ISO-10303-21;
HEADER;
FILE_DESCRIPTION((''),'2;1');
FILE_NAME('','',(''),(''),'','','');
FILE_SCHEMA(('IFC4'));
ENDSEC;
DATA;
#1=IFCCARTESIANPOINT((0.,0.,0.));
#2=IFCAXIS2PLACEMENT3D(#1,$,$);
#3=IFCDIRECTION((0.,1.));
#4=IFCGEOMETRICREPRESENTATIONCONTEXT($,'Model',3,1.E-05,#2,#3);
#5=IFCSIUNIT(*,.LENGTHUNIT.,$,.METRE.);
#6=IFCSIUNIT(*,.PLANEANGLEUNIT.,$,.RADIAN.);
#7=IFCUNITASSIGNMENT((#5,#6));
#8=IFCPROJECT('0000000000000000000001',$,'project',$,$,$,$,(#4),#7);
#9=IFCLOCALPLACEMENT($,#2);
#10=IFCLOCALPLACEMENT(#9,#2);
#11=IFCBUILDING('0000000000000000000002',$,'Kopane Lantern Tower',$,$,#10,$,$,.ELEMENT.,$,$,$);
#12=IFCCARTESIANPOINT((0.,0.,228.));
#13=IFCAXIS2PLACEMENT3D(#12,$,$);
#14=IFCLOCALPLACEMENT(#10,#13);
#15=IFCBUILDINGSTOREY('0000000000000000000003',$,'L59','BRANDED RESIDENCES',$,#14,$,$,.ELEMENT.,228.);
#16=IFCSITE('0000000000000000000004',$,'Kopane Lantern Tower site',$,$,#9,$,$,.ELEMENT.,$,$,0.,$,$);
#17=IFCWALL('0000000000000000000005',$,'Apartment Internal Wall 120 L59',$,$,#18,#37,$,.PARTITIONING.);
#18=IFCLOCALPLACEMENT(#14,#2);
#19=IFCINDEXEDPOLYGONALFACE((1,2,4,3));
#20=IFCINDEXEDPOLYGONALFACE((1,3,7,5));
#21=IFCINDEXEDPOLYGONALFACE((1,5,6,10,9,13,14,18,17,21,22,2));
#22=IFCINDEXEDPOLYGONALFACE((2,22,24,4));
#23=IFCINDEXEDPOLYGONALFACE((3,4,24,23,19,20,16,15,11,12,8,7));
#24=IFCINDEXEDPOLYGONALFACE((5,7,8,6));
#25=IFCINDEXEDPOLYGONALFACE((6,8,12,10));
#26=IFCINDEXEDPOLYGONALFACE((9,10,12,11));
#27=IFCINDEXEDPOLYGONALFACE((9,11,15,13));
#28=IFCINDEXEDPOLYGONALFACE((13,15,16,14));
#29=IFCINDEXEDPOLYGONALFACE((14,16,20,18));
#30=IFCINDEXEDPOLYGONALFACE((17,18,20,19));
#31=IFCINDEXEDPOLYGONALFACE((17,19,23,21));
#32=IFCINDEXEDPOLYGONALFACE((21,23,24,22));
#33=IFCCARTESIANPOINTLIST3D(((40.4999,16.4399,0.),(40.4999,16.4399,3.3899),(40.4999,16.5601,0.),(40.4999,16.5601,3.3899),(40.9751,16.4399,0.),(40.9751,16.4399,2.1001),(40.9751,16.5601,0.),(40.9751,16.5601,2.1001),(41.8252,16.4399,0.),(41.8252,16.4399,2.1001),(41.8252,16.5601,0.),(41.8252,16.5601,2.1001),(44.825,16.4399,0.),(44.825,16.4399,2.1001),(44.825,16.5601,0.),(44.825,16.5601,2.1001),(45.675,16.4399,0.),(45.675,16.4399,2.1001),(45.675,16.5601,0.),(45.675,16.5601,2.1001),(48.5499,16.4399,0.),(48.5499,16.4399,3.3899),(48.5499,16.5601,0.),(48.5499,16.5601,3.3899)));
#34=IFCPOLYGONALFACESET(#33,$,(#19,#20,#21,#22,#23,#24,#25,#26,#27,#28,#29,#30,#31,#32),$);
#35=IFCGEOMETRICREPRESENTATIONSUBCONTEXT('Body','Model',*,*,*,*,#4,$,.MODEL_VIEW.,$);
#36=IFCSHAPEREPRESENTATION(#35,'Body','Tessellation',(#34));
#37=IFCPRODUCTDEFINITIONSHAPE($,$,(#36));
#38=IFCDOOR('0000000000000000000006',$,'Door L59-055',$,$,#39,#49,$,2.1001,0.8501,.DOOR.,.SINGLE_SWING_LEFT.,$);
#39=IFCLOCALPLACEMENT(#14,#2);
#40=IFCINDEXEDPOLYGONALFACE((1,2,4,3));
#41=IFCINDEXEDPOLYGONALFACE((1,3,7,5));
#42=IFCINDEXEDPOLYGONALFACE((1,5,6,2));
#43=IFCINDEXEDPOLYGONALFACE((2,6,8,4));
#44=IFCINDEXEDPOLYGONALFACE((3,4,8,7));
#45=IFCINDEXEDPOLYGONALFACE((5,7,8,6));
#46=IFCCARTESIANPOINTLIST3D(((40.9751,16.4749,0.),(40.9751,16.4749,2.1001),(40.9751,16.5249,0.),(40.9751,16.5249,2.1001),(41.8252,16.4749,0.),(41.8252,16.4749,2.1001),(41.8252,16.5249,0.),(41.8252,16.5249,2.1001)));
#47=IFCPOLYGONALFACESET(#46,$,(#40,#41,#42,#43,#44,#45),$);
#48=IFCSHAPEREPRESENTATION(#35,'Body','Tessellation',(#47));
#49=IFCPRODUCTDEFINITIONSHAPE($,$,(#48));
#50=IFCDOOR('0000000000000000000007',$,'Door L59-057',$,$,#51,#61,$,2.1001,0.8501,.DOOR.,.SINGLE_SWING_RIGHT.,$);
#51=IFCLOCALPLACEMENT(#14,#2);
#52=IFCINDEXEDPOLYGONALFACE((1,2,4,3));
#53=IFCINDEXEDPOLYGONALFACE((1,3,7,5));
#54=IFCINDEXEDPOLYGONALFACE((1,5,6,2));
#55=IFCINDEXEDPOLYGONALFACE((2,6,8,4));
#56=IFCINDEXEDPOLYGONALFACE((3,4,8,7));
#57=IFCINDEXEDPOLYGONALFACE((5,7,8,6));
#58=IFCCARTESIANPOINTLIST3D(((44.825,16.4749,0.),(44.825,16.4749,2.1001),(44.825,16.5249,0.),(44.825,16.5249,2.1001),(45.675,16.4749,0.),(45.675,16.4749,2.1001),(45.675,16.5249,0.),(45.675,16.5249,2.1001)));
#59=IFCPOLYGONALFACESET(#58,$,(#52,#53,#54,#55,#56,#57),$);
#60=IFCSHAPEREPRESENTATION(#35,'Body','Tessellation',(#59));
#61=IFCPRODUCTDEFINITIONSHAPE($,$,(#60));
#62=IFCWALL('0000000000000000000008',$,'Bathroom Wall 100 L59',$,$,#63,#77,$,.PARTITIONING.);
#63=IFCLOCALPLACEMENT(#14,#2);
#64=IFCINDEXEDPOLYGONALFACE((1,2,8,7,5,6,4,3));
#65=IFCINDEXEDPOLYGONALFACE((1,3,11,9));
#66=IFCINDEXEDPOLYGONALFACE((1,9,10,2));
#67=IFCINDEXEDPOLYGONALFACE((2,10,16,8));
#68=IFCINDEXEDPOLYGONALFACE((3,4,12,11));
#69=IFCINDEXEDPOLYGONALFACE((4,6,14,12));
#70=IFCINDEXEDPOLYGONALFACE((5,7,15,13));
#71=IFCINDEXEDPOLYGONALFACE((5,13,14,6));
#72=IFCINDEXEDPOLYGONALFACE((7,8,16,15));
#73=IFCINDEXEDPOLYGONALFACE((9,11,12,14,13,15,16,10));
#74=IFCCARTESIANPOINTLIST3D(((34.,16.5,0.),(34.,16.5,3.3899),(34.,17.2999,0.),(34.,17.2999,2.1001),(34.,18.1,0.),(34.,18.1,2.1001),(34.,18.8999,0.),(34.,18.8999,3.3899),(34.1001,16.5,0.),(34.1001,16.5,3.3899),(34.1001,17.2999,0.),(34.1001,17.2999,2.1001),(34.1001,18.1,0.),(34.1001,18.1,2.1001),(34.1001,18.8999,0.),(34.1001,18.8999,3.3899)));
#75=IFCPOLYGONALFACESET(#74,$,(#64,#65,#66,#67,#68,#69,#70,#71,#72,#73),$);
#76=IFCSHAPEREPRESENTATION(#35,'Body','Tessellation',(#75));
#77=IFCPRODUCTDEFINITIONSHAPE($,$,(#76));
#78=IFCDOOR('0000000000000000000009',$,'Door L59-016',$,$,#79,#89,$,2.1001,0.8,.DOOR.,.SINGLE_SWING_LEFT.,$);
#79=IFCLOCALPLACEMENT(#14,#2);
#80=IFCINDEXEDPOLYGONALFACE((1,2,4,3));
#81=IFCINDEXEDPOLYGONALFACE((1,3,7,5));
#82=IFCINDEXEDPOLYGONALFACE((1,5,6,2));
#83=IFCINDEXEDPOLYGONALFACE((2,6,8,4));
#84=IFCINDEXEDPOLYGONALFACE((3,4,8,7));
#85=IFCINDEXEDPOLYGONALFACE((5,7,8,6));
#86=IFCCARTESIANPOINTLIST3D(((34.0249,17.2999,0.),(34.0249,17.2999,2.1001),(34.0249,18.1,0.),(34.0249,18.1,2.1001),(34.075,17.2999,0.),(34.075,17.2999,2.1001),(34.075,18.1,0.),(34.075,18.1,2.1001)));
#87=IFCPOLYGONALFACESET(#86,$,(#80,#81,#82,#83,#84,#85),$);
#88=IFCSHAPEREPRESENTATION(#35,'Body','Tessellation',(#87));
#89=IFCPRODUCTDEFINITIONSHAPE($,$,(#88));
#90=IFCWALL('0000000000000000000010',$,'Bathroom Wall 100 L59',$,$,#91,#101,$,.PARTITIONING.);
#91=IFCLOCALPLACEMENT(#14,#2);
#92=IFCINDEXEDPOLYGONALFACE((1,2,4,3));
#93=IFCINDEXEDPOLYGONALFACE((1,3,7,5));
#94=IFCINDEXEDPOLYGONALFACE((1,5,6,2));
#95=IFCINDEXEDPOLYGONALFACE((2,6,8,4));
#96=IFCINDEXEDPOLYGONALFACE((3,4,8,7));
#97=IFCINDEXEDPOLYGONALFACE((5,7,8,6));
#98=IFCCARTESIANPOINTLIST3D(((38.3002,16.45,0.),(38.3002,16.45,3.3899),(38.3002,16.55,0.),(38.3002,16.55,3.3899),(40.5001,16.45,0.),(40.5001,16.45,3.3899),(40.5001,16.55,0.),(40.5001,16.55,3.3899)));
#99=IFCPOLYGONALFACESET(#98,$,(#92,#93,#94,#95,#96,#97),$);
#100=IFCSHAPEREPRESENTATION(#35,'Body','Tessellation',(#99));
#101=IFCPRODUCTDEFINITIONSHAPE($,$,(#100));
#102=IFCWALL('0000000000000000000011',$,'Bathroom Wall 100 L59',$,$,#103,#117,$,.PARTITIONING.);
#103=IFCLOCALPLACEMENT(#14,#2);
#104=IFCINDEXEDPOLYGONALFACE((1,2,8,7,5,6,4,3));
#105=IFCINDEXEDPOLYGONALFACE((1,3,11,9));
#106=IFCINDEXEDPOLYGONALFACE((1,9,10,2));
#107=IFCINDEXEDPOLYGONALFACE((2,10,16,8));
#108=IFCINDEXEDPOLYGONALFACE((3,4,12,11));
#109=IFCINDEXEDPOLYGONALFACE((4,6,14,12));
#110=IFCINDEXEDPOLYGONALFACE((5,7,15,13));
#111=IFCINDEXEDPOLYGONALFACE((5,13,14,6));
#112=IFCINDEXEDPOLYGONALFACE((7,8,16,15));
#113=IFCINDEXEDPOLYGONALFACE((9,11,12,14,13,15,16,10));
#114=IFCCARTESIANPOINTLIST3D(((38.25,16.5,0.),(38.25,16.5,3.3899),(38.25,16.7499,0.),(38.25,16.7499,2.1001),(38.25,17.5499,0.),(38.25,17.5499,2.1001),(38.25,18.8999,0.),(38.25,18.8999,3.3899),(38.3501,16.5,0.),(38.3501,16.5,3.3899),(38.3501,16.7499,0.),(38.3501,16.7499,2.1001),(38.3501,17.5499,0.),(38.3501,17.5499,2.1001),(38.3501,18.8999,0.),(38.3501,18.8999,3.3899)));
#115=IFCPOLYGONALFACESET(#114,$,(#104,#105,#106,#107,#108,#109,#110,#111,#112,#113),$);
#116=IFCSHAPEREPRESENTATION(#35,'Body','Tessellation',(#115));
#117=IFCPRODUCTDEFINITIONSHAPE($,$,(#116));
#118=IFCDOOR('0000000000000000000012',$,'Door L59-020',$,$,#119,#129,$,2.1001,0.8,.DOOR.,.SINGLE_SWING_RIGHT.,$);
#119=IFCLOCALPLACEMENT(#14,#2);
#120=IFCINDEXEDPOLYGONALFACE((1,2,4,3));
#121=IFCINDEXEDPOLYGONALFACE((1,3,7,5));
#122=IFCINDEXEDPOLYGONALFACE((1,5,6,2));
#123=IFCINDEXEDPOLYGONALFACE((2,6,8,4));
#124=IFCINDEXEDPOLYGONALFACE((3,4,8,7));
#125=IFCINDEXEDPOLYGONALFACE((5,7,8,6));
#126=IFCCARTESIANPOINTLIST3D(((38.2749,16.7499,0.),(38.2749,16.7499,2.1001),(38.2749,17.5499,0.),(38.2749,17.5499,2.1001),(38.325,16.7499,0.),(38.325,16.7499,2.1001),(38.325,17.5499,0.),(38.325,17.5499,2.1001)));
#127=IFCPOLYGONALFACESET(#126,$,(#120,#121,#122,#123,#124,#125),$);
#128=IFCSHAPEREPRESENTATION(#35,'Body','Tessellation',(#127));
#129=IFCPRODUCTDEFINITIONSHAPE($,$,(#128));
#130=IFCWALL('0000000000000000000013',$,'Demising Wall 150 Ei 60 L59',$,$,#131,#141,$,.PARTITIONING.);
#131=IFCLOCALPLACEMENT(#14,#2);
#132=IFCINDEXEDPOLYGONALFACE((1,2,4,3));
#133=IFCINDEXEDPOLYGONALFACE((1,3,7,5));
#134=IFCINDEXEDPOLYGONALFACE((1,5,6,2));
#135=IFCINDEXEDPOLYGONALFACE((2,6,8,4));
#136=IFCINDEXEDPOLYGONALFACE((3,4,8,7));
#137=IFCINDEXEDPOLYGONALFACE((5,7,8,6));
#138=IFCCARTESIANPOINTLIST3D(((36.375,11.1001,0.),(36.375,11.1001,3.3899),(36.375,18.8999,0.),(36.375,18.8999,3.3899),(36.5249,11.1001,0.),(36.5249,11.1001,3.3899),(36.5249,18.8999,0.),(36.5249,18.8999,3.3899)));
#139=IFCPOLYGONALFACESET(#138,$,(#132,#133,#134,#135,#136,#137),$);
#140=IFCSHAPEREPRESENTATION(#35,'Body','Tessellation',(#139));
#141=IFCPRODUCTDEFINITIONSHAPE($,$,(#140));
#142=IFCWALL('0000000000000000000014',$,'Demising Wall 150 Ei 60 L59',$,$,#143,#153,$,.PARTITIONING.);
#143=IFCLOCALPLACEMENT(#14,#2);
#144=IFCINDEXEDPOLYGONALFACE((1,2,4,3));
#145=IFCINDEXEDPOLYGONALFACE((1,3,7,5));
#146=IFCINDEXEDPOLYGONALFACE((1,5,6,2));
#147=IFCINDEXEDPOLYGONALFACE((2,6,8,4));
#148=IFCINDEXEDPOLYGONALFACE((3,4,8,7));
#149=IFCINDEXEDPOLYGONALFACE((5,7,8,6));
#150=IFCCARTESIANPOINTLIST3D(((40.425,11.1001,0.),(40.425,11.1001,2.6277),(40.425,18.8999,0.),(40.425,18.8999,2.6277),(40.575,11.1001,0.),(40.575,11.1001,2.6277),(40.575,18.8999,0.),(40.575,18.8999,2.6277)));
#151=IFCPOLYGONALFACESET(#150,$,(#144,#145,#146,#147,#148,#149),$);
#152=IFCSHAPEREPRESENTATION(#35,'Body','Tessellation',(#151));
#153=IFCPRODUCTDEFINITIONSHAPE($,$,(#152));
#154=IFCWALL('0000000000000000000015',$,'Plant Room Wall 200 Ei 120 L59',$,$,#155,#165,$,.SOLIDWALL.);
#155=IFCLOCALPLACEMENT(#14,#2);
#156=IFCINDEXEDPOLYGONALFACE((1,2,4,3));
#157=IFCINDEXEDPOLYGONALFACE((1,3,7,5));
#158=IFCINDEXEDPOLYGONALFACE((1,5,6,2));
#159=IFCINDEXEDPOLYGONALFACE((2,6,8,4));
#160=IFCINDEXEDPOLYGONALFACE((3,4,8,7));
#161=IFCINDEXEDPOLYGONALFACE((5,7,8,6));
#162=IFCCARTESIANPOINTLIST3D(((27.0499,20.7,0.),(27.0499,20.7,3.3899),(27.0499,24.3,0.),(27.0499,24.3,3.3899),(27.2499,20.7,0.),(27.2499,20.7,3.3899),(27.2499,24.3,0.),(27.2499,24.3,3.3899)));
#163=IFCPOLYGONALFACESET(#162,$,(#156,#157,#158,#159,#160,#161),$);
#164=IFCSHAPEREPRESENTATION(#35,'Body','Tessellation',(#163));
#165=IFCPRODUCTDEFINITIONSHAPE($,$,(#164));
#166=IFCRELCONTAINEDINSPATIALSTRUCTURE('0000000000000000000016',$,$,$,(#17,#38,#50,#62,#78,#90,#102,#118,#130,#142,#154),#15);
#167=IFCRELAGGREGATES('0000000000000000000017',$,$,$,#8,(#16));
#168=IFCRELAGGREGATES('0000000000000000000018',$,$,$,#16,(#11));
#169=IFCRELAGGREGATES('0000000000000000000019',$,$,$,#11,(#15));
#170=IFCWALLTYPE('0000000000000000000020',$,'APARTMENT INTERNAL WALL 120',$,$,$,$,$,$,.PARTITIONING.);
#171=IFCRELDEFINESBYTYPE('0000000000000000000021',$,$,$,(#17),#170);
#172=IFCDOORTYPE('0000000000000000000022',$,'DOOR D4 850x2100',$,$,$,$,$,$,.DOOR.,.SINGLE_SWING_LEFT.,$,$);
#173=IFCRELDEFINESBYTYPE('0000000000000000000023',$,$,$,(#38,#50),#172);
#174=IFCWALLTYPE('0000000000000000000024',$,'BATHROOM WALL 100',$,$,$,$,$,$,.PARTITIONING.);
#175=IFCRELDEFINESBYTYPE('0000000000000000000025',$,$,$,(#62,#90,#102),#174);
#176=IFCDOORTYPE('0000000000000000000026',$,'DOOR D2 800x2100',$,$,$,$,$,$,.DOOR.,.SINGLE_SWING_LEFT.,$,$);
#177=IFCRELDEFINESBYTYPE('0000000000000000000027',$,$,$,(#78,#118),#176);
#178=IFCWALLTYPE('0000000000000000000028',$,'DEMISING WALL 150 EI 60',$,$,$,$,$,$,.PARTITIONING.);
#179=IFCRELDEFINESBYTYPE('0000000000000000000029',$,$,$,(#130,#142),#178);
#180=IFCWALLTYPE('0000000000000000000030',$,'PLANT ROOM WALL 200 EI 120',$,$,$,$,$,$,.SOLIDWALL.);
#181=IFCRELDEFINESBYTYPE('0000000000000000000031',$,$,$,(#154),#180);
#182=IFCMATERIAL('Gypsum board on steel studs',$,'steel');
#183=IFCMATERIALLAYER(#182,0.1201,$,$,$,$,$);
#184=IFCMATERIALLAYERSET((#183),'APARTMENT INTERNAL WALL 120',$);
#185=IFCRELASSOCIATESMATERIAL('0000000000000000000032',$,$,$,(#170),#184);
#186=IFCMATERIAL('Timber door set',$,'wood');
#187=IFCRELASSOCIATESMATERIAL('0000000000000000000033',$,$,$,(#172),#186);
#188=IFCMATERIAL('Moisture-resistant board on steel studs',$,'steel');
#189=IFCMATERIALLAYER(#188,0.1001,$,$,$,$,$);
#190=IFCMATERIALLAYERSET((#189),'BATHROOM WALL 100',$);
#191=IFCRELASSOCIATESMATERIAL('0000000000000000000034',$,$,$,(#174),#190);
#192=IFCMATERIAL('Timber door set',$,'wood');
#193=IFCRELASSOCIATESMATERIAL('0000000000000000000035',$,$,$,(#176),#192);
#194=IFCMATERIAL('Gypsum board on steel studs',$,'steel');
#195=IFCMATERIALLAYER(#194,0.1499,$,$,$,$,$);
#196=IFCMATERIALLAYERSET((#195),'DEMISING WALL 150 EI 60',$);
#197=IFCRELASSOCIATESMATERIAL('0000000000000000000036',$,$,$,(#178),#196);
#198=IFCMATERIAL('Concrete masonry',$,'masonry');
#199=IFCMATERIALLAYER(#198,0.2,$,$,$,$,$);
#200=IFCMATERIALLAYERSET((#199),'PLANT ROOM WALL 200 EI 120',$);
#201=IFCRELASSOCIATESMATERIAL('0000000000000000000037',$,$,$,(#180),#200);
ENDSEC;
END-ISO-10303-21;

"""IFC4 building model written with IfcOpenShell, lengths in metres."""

from ifc_helpers import new_model, si_unit, direction, frame, frame_2d, origin, place, context, subcontext, project, spatial, rectangle, extrude, material, layer, layer_set, type_object, element, fill, save


model = new_model("IFC4")

# Units and contexts
model_context = context("Model", 3, precision=1e-05, world=origin(), true_north=direction((0.0, 1.0)))
body_context = subcontext(model_context, "Body", "Model", "MODEL_VIEW")
ifc_project = project(units=[si_unit("LENGTHUNIT", "METRE"), si_unit("PLANEANGLEUNIT", "RADIAN")], contexts=[model_context])

# Site, building, storey
site_placement = place(None, origin())
site = spatial("IfcSite", under=ifc_project, at=site_placement, Name="Kopane Lantern Tower site", CompositionType="ELEMENT", RefElevation=0.0)
building_placement = place(site_placement, origin())
building = spatial("IfcBuilding", under=site, at=building_placement, Name="Kopane Lantern Tower", CompositionType="ELEMENT")
storey_placement = place(building_placement, frame((0.0, 0.0, 228.0)))
storey = spatial("IfcBuildingStorey", under=building, at=storey_placement, Name="L59", Description="BRANDED RESIDENCES", CompositionType="ELEMENT", Elevation=228.0)

# Shared definitions
ifc_material_1 = material(Name="Gypsum board on steel studs", Category="steel")
ifc_layer_1 = layer(ifc_material_1, 0.1201)
ifc_layer_set_1 = layer_set([ifc_layer_1], Name="APARTMENT INTERNAL WALL 120")
wall_type_1 = type_object("IfcWallType", Name="APARTMENT INTERNAL WALL 120", PredefinedType="PARTITIONING", material=ifc_layer_set_1)

# Wall, openings, doors
wall_1_placement = place(storey_placement, frame((40.5, 16.5, 0.0), z_axis=(0.0, 0.0, 1.0), x_axis=(1.0, 0.0, 0.0)))
wall_1 = element("IfcWall", 1, at=wall_1_placement, inside=storey, type_object=wall_type_1, Name="Apartment Internal Wall 120 L59", PredefinedType="PARTITIONING", context=body_context, shape_type="SweptSolid", body=[
    extrude(rectangle(XDim=8.05, YDim=0.1201, at=frame_2d((4.0249, 0.0))), origin(), (0.0, 0.0, 1.0), 3.3899),
])
opening_1_placement = place(wall_1_placement, frame((0.4751, 0.0, 0.0)))
opening_1 = element("IfcOpeningElement", 2, at=opening_1_placement, cuts=wall_1, PredefinedType="OPENING", context=body_context, shape_type="SweptSolid", body=[
    extrude(rectangle(XDim=0.8501, YDim=2.1001, at=frame_2d((0.425, 1.05))), frame((0.0, 0.0701, 0.0), z_axis=(0.0, -1.0, 0.0), x_axis=(1.0, 0.0, 0.0)), (0.0, 0.0, 1.0), 0.1401),
])
opening_2_placement = place(wall_1_placement, frame((4.325, 0.0, 0.0)))
opening_2 = element("IfcOpeningElement", 3, at=opening_2_placement, cuts=wall_1, PredefinedType="OPENING", context=body_context, shape_type="SweptSolid", body=[
    extrude(rectangle(XDim=0.8501, YDim=2.1001, at=frame_2d((0.425, 1.05))), frame((0.0, 0.0701, 0.0), z_axis=(0.0, -1.0, 0.0), x_axis=(1.0, 0.0, 0.0)), (0.0, 0.0, 1.0), 0.1401),
])
ifc_material_2 = material(Name="Timber door set", Category="wood")
door_type_1 = type_object("IfcDoorType", Name="DOOR D4 850x2100", OperationType="SINGLE_SWING_LEFT", PredefinedType="DOOR", material=ifc_material_2)
door_1_placement = place(opening_1_placement, origin())
door_1 = element("IfcDoor", 4, at=door_1_placement, inside=storey, type_object=door_type_1, Name="Door L59-055", OperationType="SINGLE_SWING_LEFT", OverallHeight=2.1001, OverallWidth=0.8501, PredefinedType="DOOR", context=body_context, shape_type="SweptSolid", body=[
    extrude(rectangle(XDim=0.8501, YDim=2.1001, at=frame_2d((0.425, 1.05))), frame((0.0, 0.0249, 0.0), z_axis=(0.0, -1.0, 0.0), x_axis=(1.0, 0.0, 0.0)), (0.0, 0.0, 1.0), 0.05),
])
fill(opening_1, door_1)
door_2_placement = place(opening_2_placement, origin())
door_2 = element("IfcDoor", 5, at=door_2_placement, inside=storey, type_object=door_type_1, Name="Door L59-057", OperationType="SINGLE_SWING_RIGHT", OverallHeight=2.1001, OverallWidth=0.8501, PredefinedType="DOOR", context=body_context, shape_type="SweptSolid", body=[
    extrude(rectangle(XDim=0.8501, YDim=2.1001, at=frame_2d((0.425, 1.05))), frame((0.0, 0.0249, 0.0), z_axis=(0.0, -1.0, 0.0), x_axis=(1.0, 0.0, 0.0)), (0.0, 0.0, 1.0), 0.05),
])
fill(opening_2, door_2)

# Wall, opening, door
ifc_material_3 = material(Name="Moisture-resistant board on steel studs", Category="steel")
ifc_layer_2 = layer(ifc_material_3, 0.1001)
ifc_layer_set_2 = layer_set([ifc_layer_2], Name="BATHROOM WALL 100")
wall_type_2 = type_object("IfcWallType", Name="BATHROOM WALL 100", PredefinedType="PARTITIONING", material=ifc_layer_set_2)
wall_2_placement = place(storey_placement, frame((34.05, 18.8999, 0.0), z_axis=(0.0, 0.0, 1.0), x_axis=(0.0, -1.0, 0.0)))
wall_2 = element("IfcWall", 6, at=wall_2_placement, inside=storey, type_object=wall_type_2, Name="Bathroom Wall 100 L59", PredefinedType="PARTITIONING", context=body_context, shape_type="SweptSolid", body=[
    extrude(rectangle(XDim=2.3999, YDim=0.1001, at=frame_2d((1.2, 0.0))), origin(), (0.0, 0.0, 1.0), 3.3899),
])
opening_3_placement = place(wall_2_placement, frame((0.8, 0.0, 0.0)))
opening_3 = element("IfcOpeningElement", 7, at=opening_3_placement, cuts=wall_2, PredefinedType="OPENING", context=body_context, shape_type="SweptSolid", body=[
    extrude(rectangle(XDim=0.8, YDim=2.1001, at=frame_2d((0.3999, 1.05))), frame((0.0, 0.0601, 0.0), z_axis=(0.0, -1.0, 0.0), x_axis=(1.0, 0.0, 0.0)), (0.0, 0.0, 1.0), 0.1201),
])
ifc_material_4 = material(Name="Timber door set", Category="wood")
door_type_2 = type_object("IfcDoorType", Name="DOOR D2 800x2100", OperationType="SINGLE_SWING_LEFT", PredefinedType="DOOR", material=ifc_material_4)
door_3_placement = place(opening_3_placement, origin())
door_3 = element("IfcDoor", 8, at=door_3_placement, inside=storey, type_object=door_type_2, Name="Door L59-016", OperationType="SINGLE_SWING_LEFT", OverallHeight=2.1001, OverallWidth=0.8, PredefinedType="DOOR", context=body_context, shape_type="SweptSolid", body=[
    extrude(rectangle(XDim=0.8, YDim=2.1001, at=frame_2d((0.3999, 1.05))), frame((0.0, 0.0249, 0.0), z_axis=(0.0, -1.0, 0.0), x_axis=(1.0, 0.0, 0.0)), (0.0, 0.0, 1.0), 0.05),
])
fill(opening_3, door_3)

# Wall
wall_3_placement = place(storey_placement, frame((38.3, 16.5, 0.0), z_axis=(0.0, 0.0, 1.0), x_axis=(1.0, 0.0, 0.0)))
element("IfcWall", 9, at=wall_3_placement, inside=storey, type_object=wall_type_2, Name="Bathroom Wall 100 L59", PredefinedType="PARTITIONING", context=body_context, shape_type="SweptSolid", body=[
    extrude(rectangle(XDim=2.2, YDim=0.1001, at=frame_2d((1.1001, 0.0))), origin(), (0.0, 0.0, 1.0), 3.3899),
])

# Wall, opening, door
wall_4_placement = place(storey_placement, frame((38.3, 18.8999, 0.0), z_axis=(0.0, 0.0, 1.0), x_axis=(0.0, -1.0, 0.0)))
wall_4 = element("IfcWall", 10, at=wall_4_placement, inside=storey, type_object=wall_type_2, Name="Bathroom Wall 100 L59", PredefinedType="PARTITIONING", context=body_context, shape_type="SweptSolid", body=[
    extrude(rectangle(XDim=2.3999, YDim=0.1001, at=frame_2d((1.2, 0.0))), origin(), (0.0, 0.0, 1.0), 3.3899),
])
opening_4_placement = place(wall_4_placement, frame((1.3501, 0.0, 0.0)))
opening_4 = element("IfcOpeningElement", 11, at=opening_4_placement, cuts=wall_4, PredefinedType="OPENING", context=body_context, shape_type="SweptSolid", body=[
    extrude(rectangle(XDim=0.8, YDim=2.1001, at=frame_2d((0.3999, 1.05))), frame((0.0, 0.0601, 0.0), z_axis=(0.0, -1.0, 0.0), x_axis=(1.0, 0.0, 0.0)), (0.0, 0.0, 1.0), 0.1201),
])
door_4_placement = place(opening_4_placement, origin())
door_4 = element("IfcDoor", 12, at=door_4_placement, inside=storey, type_object=door_type_2, Name="Door L59-020", OperationType="SINGLE_SWING_RIGHT", OverallHeight=2.1001, OverallWidth=0.8, PredefinedType="DOOR", context=body_context, shape_type="SweptSolid", body=[
    extrude(rectangle(XDim=0.8, YDim=2.1001, at=frame_2d((0.3999, 1.05))), frame((0.0, 0.0249, 0.0), z_axis=(0.0, -1.0, 0.0), x_axis=(1.0, 0.0, 0.0)), (0.0, 0.0, 1.0), 0.05),
])
fill(opening_4, door_4)

# Walls
ifc_material_5 = material(Name="Gypsum board on steel studs", Category="steel")
ifc_layer_3 = layer(ifc_material_5, 0.1499)
ifc_layer_set_3 = layer_set([ifc_layer_3], Name="DEMISING WALL 150 EI 60")
wall_type_3 = type_object("IfcWallType", Name="DEMISING WALL 150 EI 60", PredefinedType="PARTITIONING", material=ifc_layer_set_3)
wall_5_placement = place(storey_placement, frame((36.45, 18.8999, 0.0), z_axis=(0.0, 0.0, 1.0), x_axis=(0.0, -1.0, 0.0)))
element("IfcWall", 13, at=wall_5_placement, inside=storey, type_object=wall_type_3, Name="Demising Wall 150 Ei 60 L59", PredefinedType="PARTITIONING", context=body_context, shape_type="SweptSolid", body=[
    extrude(rectangle(XDim=7.7998, YDim=0.1499, at=frame_2d((3.8999, 0.0))), origin(), (0.0, 0.0, 1.0), 3.3899),
])
wall_6_placement = place(storey_placement, frame((40.5, 18.8999, 0.0), z_axis=(0.0, 0.0, 1.0), x_axis=(0.0, -1.0, 0.0)))
element("IfcWall", 14, at=wall_6_placement, inside=storey, type_object=wall_type_3, Name="Demising Wall 150 Ei 60 L59", PredefinedType="PARTITIONING", context=body_context, shape_type="SweptSolid", body=[
    extrude(rectangle(XDim=7.7998, YDim=0.1499, at=frame_2d((3.8999, 0.0))), origin(), (0.0, 0.0, 1.0), 2.6277),
])
ifc_material_6 = material(Name="Concrete masonry", Category="masonry")
ifc_layer_4 = layer(ifc_material_6, 0.2)
ifc_layer_set_4 = layer_set([ifc_layer_4], Name="PLANT ROOM WALL 200 EI 120")
wall_type_4 = type_object("IfcWallType", Name="PLANT ROOM WALL 200 EI 120", PredefinedType="SOLIDWALL", material=ifc_layer_set_4)
wall_7_placement = place(storey_placement, frame((27.1499, 20.7, 0.0), z_axis=(0.0, 0.0, 1.0), x_axis=(0.0, 1.0, 0.0)))
element("IfcWall", 15, at=wall_7_placement, inside=storey, type_object=wall_type_4, Name="Plant Room Wall 200 Ei 120 L59", PredefinedType="SOLIDWALL", context=body_context, shape_type="SweptSolid", body=[
    extrude(rectangle(XDim=3.6001, YDim=0.2, at=frame_2d((1.8, 0.0))), origin(), (0.0, 0.0, 1.0), 3.3899),
])

save(model, "model.ifc")
